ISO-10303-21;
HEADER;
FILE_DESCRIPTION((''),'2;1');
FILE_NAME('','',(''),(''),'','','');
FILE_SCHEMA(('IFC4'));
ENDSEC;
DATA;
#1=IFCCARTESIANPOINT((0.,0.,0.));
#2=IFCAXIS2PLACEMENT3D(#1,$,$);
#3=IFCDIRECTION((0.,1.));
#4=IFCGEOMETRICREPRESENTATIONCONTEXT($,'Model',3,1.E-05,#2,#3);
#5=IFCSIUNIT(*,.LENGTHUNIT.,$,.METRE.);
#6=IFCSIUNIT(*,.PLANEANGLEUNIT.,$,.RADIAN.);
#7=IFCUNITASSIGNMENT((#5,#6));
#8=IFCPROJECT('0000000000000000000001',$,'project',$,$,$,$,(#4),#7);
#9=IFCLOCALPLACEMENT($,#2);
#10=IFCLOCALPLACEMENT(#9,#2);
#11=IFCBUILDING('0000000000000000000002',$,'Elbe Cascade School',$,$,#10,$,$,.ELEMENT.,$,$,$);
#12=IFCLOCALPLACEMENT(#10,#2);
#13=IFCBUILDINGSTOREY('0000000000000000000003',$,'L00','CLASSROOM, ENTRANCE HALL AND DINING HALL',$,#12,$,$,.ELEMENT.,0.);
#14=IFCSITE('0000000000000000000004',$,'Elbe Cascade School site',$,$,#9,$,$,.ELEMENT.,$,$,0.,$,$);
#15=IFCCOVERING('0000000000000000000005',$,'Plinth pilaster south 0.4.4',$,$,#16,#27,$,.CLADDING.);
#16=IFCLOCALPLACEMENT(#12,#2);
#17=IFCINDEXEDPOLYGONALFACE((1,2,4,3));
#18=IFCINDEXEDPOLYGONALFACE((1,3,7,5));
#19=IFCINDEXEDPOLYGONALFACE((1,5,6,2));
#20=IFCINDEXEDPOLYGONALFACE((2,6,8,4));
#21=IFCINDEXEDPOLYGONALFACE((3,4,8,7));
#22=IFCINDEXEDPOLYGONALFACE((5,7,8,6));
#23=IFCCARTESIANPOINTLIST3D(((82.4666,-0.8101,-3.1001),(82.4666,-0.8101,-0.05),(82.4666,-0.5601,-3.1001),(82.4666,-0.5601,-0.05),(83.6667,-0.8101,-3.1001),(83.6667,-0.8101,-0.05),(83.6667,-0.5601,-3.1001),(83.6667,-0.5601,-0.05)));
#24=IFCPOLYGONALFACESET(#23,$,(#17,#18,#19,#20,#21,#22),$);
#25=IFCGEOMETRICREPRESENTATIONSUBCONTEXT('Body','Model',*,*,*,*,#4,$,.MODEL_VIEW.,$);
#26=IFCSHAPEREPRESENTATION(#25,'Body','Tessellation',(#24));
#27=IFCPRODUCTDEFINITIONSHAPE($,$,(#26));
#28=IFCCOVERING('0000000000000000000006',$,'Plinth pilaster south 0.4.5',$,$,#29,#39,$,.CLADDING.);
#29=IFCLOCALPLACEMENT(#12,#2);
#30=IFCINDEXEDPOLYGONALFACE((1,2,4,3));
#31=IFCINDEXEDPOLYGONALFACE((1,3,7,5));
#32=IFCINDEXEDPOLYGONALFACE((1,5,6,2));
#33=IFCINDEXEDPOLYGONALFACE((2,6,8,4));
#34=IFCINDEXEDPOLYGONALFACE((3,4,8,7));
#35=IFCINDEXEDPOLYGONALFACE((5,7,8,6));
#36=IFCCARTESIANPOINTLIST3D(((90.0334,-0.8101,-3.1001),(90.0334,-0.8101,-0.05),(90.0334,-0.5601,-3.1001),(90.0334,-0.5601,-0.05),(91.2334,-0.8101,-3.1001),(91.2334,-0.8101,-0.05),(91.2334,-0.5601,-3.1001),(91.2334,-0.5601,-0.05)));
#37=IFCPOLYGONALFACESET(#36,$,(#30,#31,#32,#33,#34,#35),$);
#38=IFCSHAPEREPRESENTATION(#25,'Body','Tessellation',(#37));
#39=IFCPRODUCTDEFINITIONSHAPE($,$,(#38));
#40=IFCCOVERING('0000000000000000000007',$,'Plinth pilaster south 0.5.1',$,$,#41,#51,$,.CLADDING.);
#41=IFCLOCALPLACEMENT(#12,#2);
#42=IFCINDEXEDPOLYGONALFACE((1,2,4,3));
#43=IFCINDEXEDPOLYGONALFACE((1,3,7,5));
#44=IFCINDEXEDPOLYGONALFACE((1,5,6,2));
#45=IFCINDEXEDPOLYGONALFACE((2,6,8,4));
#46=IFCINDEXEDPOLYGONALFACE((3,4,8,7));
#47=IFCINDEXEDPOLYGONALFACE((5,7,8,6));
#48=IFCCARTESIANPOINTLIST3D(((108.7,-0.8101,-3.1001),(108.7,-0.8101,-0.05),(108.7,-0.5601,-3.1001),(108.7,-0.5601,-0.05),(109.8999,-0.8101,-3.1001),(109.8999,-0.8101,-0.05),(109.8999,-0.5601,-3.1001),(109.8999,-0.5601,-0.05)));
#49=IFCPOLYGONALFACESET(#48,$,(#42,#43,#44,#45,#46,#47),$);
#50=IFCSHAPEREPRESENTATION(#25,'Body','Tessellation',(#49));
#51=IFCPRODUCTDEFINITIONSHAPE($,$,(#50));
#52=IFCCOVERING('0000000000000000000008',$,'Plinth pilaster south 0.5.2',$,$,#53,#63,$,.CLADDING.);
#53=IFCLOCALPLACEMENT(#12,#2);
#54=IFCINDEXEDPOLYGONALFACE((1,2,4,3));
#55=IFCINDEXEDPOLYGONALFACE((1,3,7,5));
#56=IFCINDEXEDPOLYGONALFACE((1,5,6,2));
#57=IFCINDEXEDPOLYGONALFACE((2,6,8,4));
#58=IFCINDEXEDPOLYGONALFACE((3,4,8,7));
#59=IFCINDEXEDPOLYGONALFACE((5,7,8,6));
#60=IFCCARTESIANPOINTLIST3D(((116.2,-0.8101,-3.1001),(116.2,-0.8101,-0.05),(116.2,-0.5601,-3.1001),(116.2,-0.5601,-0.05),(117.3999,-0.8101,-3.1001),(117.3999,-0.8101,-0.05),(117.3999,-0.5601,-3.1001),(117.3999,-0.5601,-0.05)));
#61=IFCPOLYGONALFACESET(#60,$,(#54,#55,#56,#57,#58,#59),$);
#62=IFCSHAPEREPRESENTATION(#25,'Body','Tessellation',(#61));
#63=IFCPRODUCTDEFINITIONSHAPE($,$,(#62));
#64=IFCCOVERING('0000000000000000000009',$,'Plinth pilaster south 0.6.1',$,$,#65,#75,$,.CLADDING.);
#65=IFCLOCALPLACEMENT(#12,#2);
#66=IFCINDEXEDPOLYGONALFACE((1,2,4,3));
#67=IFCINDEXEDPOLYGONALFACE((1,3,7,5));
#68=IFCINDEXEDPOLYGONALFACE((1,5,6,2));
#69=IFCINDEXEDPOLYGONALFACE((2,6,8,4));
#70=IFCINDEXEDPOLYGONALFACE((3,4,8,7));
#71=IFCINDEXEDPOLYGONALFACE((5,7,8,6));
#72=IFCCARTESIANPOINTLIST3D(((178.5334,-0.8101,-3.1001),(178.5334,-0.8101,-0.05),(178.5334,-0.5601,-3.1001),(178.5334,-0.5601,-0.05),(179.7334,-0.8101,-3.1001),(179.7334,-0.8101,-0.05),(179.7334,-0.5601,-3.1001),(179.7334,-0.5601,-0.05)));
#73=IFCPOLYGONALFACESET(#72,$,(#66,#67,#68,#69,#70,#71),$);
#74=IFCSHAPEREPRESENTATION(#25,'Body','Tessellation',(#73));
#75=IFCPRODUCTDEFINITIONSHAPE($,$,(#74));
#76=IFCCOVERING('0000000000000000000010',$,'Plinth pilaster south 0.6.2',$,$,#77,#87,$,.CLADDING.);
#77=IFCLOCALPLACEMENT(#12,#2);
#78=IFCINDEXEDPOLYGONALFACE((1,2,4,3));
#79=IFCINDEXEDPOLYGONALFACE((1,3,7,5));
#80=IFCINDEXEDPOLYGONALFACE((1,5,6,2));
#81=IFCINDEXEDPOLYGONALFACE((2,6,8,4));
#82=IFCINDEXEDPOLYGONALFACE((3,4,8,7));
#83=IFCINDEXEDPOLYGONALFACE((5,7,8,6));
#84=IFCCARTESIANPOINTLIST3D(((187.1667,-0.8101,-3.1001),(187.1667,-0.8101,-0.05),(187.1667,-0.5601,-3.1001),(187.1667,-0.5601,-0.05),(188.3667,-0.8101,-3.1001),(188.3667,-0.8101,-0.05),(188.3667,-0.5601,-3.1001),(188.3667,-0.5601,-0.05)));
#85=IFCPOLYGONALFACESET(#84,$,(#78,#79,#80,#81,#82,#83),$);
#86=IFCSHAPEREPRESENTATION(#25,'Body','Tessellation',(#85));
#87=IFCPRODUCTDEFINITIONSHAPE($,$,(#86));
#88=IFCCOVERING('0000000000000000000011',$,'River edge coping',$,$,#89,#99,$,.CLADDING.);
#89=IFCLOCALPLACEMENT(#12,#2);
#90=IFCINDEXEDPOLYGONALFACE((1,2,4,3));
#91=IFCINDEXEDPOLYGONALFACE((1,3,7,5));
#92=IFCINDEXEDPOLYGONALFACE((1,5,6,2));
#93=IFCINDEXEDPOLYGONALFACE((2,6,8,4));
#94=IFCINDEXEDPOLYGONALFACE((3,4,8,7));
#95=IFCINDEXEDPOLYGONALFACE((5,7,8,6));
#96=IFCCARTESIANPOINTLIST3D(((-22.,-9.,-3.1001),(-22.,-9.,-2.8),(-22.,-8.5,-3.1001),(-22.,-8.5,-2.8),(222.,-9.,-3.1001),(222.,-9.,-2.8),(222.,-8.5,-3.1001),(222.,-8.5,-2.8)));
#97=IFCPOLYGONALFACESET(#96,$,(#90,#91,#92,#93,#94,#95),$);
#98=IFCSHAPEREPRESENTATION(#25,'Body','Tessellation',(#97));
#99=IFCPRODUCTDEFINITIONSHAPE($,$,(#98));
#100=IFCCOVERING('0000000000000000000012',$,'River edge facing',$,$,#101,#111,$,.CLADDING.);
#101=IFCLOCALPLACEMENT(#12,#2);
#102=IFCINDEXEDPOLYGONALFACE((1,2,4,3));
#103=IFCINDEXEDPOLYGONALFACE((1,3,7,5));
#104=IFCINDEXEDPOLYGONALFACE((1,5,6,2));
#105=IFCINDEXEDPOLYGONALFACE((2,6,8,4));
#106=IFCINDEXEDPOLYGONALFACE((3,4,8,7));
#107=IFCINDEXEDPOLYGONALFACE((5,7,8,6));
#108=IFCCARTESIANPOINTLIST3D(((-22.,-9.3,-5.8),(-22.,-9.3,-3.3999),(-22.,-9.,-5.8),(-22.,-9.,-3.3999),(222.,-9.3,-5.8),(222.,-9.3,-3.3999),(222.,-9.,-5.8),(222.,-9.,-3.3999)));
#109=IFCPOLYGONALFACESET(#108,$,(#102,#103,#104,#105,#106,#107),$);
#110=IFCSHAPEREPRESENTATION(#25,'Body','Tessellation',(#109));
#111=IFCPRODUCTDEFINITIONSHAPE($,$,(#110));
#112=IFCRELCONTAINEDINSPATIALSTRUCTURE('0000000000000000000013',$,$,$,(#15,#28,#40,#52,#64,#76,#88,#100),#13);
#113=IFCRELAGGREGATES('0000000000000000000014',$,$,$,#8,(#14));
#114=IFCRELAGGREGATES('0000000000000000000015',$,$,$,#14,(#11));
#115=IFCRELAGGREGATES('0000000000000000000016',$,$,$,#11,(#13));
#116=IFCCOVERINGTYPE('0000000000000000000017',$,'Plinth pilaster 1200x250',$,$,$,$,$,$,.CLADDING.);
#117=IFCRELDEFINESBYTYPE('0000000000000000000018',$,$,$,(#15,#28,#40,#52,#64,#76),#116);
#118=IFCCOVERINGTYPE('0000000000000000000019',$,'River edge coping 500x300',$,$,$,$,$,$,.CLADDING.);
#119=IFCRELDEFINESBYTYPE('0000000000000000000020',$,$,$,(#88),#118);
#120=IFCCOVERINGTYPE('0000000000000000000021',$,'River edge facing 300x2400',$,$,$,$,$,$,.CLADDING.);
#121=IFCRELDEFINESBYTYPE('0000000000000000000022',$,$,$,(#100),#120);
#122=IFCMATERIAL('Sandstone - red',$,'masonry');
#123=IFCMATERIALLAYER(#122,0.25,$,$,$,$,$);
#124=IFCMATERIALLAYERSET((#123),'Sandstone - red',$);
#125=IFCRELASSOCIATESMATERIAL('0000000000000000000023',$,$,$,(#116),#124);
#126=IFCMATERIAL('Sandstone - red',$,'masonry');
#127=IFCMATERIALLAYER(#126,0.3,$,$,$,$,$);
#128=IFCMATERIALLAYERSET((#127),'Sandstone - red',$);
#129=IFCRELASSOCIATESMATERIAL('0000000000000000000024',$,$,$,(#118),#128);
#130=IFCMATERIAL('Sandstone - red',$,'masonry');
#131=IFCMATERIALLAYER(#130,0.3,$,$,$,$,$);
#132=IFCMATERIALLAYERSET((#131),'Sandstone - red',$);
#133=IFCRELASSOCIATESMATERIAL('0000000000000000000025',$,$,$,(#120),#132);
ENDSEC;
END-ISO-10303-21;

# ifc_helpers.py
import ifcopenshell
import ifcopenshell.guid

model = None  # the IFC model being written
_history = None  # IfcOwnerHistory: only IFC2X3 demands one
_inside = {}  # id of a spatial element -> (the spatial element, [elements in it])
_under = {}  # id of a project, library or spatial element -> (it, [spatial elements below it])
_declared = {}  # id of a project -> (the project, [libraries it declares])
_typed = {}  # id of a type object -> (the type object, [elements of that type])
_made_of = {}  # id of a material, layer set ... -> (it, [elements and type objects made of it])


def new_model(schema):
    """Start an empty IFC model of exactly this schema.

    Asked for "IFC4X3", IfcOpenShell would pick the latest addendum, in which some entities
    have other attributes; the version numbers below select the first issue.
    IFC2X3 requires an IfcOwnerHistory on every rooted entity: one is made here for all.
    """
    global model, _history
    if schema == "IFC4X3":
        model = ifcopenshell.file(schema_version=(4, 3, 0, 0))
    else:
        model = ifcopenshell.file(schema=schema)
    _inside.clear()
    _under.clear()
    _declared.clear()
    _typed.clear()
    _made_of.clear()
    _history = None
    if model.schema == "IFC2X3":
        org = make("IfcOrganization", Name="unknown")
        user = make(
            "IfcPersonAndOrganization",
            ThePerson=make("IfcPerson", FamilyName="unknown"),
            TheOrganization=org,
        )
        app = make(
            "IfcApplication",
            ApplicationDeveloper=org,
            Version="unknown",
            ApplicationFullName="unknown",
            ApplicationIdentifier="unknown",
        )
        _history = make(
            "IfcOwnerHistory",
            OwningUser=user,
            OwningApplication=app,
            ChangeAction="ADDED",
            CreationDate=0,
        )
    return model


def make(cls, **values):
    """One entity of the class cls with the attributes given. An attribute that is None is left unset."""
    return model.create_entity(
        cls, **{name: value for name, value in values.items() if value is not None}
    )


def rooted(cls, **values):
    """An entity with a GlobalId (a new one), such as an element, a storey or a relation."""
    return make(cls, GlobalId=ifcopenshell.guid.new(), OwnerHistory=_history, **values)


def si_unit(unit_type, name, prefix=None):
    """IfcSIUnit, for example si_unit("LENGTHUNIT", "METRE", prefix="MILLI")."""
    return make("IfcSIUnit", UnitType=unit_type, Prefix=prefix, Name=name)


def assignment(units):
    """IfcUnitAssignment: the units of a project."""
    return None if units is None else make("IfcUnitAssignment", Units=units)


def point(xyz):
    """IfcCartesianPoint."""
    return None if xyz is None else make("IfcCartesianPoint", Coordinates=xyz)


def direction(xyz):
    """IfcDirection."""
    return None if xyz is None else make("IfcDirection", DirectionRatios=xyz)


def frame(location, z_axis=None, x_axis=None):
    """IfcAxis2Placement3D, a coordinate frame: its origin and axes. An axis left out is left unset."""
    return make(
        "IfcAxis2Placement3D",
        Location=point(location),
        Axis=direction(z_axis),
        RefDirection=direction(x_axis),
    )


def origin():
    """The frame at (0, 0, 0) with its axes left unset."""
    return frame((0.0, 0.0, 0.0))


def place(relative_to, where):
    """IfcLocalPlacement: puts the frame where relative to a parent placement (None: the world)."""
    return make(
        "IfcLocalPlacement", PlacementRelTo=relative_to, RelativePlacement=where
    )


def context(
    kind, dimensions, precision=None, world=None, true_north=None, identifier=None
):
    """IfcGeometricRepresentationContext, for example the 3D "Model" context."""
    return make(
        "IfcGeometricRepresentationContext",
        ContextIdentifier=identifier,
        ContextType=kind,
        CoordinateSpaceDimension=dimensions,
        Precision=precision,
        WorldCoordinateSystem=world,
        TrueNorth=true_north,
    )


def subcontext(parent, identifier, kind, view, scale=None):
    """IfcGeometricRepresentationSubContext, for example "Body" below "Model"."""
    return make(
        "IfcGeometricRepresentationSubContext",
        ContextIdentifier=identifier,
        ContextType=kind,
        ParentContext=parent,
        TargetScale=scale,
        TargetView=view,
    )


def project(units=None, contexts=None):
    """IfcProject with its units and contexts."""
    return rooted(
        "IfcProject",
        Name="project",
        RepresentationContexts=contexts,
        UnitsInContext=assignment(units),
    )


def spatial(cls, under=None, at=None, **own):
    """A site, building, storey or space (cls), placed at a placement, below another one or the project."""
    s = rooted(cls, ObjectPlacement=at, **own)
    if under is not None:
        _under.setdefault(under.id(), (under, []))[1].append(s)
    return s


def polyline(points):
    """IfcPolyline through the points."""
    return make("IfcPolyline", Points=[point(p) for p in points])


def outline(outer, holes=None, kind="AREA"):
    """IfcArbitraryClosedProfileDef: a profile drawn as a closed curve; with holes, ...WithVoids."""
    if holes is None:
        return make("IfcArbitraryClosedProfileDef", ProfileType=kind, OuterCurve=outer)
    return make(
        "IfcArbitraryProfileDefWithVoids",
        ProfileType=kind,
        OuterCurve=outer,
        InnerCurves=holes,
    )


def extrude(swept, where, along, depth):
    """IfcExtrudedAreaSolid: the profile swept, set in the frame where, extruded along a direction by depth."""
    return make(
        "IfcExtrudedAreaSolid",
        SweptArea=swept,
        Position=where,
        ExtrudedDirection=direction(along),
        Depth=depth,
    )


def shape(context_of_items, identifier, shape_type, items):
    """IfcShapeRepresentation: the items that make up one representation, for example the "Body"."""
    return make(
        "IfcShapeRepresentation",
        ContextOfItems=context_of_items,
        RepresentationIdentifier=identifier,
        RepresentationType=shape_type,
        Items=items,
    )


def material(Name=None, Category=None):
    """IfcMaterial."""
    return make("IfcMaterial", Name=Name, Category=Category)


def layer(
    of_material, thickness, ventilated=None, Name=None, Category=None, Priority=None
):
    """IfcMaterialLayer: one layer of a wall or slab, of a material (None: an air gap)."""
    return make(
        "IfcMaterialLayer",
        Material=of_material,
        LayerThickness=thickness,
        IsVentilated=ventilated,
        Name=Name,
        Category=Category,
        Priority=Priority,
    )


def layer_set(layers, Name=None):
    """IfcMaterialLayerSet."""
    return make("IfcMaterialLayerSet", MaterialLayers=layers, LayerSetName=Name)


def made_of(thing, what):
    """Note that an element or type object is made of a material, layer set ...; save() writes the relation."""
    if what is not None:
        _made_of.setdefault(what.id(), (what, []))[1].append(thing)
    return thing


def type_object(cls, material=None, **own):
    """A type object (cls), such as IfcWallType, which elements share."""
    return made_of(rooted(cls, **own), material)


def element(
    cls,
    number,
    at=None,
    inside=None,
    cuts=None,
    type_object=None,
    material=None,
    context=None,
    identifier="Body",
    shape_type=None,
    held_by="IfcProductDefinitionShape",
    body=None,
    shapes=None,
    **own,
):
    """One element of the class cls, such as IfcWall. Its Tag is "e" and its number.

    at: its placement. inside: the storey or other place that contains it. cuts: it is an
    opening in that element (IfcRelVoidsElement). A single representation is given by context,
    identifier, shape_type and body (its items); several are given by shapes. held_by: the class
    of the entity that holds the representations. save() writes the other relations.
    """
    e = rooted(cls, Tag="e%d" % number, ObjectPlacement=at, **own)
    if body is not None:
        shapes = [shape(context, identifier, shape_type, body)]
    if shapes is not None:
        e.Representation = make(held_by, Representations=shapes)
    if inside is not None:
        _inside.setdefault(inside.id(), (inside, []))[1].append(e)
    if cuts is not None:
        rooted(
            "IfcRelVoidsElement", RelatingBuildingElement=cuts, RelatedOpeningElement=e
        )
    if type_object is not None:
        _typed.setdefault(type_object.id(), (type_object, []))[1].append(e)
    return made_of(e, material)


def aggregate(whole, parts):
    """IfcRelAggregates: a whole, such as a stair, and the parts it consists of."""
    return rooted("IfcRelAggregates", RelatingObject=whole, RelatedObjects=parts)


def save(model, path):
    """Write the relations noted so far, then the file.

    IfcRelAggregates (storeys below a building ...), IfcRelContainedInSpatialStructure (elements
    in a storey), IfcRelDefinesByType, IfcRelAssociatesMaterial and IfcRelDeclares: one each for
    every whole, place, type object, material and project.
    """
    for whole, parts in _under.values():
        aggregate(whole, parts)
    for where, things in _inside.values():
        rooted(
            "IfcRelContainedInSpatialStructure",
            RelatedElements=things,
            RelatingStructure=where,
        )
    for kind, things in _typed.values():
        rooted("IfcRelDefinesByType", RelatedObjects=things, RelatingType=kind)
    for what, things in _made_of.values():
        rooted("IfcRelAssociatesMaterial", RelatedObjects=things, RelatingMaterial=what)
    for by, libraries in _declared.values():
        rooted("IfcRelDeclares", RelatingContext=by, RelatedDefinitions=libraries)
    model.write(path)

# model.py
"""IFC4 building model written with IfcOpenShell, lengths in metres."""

from ifc_helpers import new_model, si_unit, direction, frame, origin, place, context, subcontext, project, spatial, polyline, outline, extrude, material, layer, layer_set, type_object, element, save


model = new_model("IFC4")

# Units and contexts
model_context = context("Model", 3, precision=1e-05, world=origin(), true_north=direction((0.0, 1.0)))
body_context = subcontext(model_context, "Body", "Model", "MODEL_VIEW")
ifc_project = project(units=[si_unit("LENGTHUNIT", "METRE"), si_unit("PLANEANGLEUNIT", "RADIAN")], contexts=[model_context])

# Site, building, storey
site_placement = place(None, origin())
site = spatial("IfcSite", under=ifc_project, at=site_placement, Name="Elbe Cascade School site", CompositionType="ELEMENT", RefElevation=0.0)
building_placement = place(site_placement, origin())
building = spatial("IfcBuilding", under=site, at=building_placement, Name="Elbe Cascade School", CompositionType="ELEMENT")
storey_placement = place(building_placement, origin())
storey = spatial("IfcBuildingStorey", under=building, at=storey_placement, Name="L00", Description="CLASSROOM, ENTRANCE HALL AND DINING HALL", CompositionType="ELEMENT", Elevation=0.0)

# Coverings
ifc_material_1 = material(Name="Sandstone - red", Category="masonry")
ifc_layer_1 = layer(ifc_material_1, 0.25)
ifc_layer_set_1 = layer_set([ifc_layer_1], Name="Sandstone - red")
covering_type_1 = type_object("IfcCoveringType", Name="Plinth pilaster 1200x250", PredefinedType="CLADDING", material=ifc_layer_set_1)
covering_1_placement = place(storey_placement, frame((0.0, 0.0, -3.1001)))
element("IfcCovering", 1, at=covering_1_placement, inside=storey, type_object=covering_type_1, Name="Plinth pilaster south 0.4.4", PredefinedType="CLADDING", context=body_context, shape_type="SweptSolid", body=[
    extrude(outline(polyline([(82.4666, -0.8101), (83.6667, -0.8101), (83.6667, -0.5601), (82.4666, -0.5601), (82.4666, -0.8101)])), origin(), (0.0, 0.0, 1.0), 3.05),
])
covering_2_placement = place(storey_placement, frame((0.0, 0.0, -3.1001)))
element("IfcCovering", 2, at=covering_2_placement, inside=storey, type_object=covering_type_1, Name="Plinth pilaster south 0.4.5", PredefinedType="CLADDING", context=body_context, shape_type="SweptSolid", body=[
    extrude(outline(polyline([(90.0334, -0.8101), (91.2334, -0.8101), (91.2334, -0.5601), (90.0334, -0.5601), (90.0334, -0.8101)])), origin(), (0.0, 0.0, 1.0), 3.05),
])
covering_3_placement = place(storey_placement, frame((0.0, 0.0, -3.1001)))
element("IfcCovering", 3, at=covering_3_placement, inside=storey, type_object=covering_type_1, Name="Plinth pilaster south 0.5.1", PredefinedType="CLADDING", context=body_context, shape_type="SweptSolid", body=[
    extrude(outline(polyline([(108.7, -0.8101), (109.8999, -0.8101), (109.8999, -0.5601), (108.7, -0.5601), (108.7, -0.8101)])), origin(), (0.0, 0.0, 1.0), 3.05),
])
covering_4_placement = place(storey_placement, frame((0.0, 0.0, -3.1001)))
element("IfcCovering", 4, at=covering_4_placement, inside=storey, type_object=covering_type_1, Name="Plinth pilaster south 0.5.2", PredefinedType="CLADDING", context=body_context, shape_type="SweptSolid", body=[
    extrude(outline(polyline([(116.2, -0.8101), (117.3999, -0.8101), (117.3999, -0.5601), (116.2, -0.5601), (116.2, -0.8101)])), origin(), (0.0, 0.0, 1.0), 3.05),
])
covering_5_placement = place(storey_placement, frame((0.0, 0.0, -3.1001)))
element("IfcCovering", 5, at=covering_5_placement, inside=storey, type_object=covering_type_1, Name="Plinth pilaster south 0.6.1", PredefinedType="CLADDING", context=body_context, shape_type="SweptSolid", body=[
    extrude(outline(polyline([(178.5334, -0.8101), (179.7334, -0.8101), (179.7334, -0.5601), (178.5334, -0.5601), (178.5334, -0.8101)])), origin(), (0.0, 0.0, 1.0), 3.05),
])
covering_6_placement = place(storey_placement, frame((0.0, 0.0, -3.1001)))
element("IfcCovering", 6, at=covering_6_placement, inside=storey, type_object=covering_type_1, Name="Plinth pilaster south 0.6.2", PredefinedType="CLADDING", context=body_context, shape_type="SweptSolid", body=[
    extrude(outline(polyline([(187.1667, -0.8101), (188.3667, -0.8101), (188.3667, -0.5601), (187.1667, -0.5601), (187.1667, -0.8101)])), origin(), (0.0, 0.0, 1.0), 3.05),
])
ifc_material_2 = material(Name="Sandstone - red", Category="masonry")
ifc_layer_2 = layer(ifc_material_2, 0.3)
ifc_layer_set_2 = layer_set([ifc_layer_2], Name="Sandstone - red")
covering_type_2 = type_object("IfcCoveringType", Name="River edge coping 500x300", PredefinedType="CLADDING", material=ifc_layer_set_2)
covering_7_placement = place(storey_placement, frame((0.0, 0.0, -3.1001)))
element("IfcCovering", 7, at=covering_7_placement, inside=storey, type_object=covering_type_2, Name="River edge coping", PredefinedType="CLADDING", context=body_context, shape_type="SweptSolid", body=[
    extrude(outline(polyline([(-22.0, -9.0), (222.0, -9.0), (222.0, -8.5), (-22.0, -8.5), (-22.0, -9.0)])), origin(), (0.0, 0.0, 1.0), 0.3),
])
ifc_material_3 = material(Name="Sandstone - red", Category="masonry")
ifc_layer_3 = layer(ifc_material_3, 0.3)
ifc_layer_set_3 = layer_set([ifc_layer_3], Name="Sandstone - red")
covering_type_3 = type_object("IfcCoveringType", Name="River edge facing 300x2400", PredefinedType="CLADDING", material=ifc_layer_set_3)
covering_8_placement = place(storey_placement, frame((0.0, 0.0, -5.8)))
element("IfcCovering", 8, at=covering_8_placement, inside=storey, type_object=covering_type_3, Name="River edge facing", PredefinedType="CLADDING", context=body_context, shape_type="SweptSolid", body=[
    extrude(outline(polyline([(-22.0, -9.3), (222.0, -9.3), (222.0, -9.0), (-22.0, -9.0), (-22.0, -9.3)])), origin(), (0.0, 0.0, 1.0), 2.4001),
])

save(model, "model.ifc")
